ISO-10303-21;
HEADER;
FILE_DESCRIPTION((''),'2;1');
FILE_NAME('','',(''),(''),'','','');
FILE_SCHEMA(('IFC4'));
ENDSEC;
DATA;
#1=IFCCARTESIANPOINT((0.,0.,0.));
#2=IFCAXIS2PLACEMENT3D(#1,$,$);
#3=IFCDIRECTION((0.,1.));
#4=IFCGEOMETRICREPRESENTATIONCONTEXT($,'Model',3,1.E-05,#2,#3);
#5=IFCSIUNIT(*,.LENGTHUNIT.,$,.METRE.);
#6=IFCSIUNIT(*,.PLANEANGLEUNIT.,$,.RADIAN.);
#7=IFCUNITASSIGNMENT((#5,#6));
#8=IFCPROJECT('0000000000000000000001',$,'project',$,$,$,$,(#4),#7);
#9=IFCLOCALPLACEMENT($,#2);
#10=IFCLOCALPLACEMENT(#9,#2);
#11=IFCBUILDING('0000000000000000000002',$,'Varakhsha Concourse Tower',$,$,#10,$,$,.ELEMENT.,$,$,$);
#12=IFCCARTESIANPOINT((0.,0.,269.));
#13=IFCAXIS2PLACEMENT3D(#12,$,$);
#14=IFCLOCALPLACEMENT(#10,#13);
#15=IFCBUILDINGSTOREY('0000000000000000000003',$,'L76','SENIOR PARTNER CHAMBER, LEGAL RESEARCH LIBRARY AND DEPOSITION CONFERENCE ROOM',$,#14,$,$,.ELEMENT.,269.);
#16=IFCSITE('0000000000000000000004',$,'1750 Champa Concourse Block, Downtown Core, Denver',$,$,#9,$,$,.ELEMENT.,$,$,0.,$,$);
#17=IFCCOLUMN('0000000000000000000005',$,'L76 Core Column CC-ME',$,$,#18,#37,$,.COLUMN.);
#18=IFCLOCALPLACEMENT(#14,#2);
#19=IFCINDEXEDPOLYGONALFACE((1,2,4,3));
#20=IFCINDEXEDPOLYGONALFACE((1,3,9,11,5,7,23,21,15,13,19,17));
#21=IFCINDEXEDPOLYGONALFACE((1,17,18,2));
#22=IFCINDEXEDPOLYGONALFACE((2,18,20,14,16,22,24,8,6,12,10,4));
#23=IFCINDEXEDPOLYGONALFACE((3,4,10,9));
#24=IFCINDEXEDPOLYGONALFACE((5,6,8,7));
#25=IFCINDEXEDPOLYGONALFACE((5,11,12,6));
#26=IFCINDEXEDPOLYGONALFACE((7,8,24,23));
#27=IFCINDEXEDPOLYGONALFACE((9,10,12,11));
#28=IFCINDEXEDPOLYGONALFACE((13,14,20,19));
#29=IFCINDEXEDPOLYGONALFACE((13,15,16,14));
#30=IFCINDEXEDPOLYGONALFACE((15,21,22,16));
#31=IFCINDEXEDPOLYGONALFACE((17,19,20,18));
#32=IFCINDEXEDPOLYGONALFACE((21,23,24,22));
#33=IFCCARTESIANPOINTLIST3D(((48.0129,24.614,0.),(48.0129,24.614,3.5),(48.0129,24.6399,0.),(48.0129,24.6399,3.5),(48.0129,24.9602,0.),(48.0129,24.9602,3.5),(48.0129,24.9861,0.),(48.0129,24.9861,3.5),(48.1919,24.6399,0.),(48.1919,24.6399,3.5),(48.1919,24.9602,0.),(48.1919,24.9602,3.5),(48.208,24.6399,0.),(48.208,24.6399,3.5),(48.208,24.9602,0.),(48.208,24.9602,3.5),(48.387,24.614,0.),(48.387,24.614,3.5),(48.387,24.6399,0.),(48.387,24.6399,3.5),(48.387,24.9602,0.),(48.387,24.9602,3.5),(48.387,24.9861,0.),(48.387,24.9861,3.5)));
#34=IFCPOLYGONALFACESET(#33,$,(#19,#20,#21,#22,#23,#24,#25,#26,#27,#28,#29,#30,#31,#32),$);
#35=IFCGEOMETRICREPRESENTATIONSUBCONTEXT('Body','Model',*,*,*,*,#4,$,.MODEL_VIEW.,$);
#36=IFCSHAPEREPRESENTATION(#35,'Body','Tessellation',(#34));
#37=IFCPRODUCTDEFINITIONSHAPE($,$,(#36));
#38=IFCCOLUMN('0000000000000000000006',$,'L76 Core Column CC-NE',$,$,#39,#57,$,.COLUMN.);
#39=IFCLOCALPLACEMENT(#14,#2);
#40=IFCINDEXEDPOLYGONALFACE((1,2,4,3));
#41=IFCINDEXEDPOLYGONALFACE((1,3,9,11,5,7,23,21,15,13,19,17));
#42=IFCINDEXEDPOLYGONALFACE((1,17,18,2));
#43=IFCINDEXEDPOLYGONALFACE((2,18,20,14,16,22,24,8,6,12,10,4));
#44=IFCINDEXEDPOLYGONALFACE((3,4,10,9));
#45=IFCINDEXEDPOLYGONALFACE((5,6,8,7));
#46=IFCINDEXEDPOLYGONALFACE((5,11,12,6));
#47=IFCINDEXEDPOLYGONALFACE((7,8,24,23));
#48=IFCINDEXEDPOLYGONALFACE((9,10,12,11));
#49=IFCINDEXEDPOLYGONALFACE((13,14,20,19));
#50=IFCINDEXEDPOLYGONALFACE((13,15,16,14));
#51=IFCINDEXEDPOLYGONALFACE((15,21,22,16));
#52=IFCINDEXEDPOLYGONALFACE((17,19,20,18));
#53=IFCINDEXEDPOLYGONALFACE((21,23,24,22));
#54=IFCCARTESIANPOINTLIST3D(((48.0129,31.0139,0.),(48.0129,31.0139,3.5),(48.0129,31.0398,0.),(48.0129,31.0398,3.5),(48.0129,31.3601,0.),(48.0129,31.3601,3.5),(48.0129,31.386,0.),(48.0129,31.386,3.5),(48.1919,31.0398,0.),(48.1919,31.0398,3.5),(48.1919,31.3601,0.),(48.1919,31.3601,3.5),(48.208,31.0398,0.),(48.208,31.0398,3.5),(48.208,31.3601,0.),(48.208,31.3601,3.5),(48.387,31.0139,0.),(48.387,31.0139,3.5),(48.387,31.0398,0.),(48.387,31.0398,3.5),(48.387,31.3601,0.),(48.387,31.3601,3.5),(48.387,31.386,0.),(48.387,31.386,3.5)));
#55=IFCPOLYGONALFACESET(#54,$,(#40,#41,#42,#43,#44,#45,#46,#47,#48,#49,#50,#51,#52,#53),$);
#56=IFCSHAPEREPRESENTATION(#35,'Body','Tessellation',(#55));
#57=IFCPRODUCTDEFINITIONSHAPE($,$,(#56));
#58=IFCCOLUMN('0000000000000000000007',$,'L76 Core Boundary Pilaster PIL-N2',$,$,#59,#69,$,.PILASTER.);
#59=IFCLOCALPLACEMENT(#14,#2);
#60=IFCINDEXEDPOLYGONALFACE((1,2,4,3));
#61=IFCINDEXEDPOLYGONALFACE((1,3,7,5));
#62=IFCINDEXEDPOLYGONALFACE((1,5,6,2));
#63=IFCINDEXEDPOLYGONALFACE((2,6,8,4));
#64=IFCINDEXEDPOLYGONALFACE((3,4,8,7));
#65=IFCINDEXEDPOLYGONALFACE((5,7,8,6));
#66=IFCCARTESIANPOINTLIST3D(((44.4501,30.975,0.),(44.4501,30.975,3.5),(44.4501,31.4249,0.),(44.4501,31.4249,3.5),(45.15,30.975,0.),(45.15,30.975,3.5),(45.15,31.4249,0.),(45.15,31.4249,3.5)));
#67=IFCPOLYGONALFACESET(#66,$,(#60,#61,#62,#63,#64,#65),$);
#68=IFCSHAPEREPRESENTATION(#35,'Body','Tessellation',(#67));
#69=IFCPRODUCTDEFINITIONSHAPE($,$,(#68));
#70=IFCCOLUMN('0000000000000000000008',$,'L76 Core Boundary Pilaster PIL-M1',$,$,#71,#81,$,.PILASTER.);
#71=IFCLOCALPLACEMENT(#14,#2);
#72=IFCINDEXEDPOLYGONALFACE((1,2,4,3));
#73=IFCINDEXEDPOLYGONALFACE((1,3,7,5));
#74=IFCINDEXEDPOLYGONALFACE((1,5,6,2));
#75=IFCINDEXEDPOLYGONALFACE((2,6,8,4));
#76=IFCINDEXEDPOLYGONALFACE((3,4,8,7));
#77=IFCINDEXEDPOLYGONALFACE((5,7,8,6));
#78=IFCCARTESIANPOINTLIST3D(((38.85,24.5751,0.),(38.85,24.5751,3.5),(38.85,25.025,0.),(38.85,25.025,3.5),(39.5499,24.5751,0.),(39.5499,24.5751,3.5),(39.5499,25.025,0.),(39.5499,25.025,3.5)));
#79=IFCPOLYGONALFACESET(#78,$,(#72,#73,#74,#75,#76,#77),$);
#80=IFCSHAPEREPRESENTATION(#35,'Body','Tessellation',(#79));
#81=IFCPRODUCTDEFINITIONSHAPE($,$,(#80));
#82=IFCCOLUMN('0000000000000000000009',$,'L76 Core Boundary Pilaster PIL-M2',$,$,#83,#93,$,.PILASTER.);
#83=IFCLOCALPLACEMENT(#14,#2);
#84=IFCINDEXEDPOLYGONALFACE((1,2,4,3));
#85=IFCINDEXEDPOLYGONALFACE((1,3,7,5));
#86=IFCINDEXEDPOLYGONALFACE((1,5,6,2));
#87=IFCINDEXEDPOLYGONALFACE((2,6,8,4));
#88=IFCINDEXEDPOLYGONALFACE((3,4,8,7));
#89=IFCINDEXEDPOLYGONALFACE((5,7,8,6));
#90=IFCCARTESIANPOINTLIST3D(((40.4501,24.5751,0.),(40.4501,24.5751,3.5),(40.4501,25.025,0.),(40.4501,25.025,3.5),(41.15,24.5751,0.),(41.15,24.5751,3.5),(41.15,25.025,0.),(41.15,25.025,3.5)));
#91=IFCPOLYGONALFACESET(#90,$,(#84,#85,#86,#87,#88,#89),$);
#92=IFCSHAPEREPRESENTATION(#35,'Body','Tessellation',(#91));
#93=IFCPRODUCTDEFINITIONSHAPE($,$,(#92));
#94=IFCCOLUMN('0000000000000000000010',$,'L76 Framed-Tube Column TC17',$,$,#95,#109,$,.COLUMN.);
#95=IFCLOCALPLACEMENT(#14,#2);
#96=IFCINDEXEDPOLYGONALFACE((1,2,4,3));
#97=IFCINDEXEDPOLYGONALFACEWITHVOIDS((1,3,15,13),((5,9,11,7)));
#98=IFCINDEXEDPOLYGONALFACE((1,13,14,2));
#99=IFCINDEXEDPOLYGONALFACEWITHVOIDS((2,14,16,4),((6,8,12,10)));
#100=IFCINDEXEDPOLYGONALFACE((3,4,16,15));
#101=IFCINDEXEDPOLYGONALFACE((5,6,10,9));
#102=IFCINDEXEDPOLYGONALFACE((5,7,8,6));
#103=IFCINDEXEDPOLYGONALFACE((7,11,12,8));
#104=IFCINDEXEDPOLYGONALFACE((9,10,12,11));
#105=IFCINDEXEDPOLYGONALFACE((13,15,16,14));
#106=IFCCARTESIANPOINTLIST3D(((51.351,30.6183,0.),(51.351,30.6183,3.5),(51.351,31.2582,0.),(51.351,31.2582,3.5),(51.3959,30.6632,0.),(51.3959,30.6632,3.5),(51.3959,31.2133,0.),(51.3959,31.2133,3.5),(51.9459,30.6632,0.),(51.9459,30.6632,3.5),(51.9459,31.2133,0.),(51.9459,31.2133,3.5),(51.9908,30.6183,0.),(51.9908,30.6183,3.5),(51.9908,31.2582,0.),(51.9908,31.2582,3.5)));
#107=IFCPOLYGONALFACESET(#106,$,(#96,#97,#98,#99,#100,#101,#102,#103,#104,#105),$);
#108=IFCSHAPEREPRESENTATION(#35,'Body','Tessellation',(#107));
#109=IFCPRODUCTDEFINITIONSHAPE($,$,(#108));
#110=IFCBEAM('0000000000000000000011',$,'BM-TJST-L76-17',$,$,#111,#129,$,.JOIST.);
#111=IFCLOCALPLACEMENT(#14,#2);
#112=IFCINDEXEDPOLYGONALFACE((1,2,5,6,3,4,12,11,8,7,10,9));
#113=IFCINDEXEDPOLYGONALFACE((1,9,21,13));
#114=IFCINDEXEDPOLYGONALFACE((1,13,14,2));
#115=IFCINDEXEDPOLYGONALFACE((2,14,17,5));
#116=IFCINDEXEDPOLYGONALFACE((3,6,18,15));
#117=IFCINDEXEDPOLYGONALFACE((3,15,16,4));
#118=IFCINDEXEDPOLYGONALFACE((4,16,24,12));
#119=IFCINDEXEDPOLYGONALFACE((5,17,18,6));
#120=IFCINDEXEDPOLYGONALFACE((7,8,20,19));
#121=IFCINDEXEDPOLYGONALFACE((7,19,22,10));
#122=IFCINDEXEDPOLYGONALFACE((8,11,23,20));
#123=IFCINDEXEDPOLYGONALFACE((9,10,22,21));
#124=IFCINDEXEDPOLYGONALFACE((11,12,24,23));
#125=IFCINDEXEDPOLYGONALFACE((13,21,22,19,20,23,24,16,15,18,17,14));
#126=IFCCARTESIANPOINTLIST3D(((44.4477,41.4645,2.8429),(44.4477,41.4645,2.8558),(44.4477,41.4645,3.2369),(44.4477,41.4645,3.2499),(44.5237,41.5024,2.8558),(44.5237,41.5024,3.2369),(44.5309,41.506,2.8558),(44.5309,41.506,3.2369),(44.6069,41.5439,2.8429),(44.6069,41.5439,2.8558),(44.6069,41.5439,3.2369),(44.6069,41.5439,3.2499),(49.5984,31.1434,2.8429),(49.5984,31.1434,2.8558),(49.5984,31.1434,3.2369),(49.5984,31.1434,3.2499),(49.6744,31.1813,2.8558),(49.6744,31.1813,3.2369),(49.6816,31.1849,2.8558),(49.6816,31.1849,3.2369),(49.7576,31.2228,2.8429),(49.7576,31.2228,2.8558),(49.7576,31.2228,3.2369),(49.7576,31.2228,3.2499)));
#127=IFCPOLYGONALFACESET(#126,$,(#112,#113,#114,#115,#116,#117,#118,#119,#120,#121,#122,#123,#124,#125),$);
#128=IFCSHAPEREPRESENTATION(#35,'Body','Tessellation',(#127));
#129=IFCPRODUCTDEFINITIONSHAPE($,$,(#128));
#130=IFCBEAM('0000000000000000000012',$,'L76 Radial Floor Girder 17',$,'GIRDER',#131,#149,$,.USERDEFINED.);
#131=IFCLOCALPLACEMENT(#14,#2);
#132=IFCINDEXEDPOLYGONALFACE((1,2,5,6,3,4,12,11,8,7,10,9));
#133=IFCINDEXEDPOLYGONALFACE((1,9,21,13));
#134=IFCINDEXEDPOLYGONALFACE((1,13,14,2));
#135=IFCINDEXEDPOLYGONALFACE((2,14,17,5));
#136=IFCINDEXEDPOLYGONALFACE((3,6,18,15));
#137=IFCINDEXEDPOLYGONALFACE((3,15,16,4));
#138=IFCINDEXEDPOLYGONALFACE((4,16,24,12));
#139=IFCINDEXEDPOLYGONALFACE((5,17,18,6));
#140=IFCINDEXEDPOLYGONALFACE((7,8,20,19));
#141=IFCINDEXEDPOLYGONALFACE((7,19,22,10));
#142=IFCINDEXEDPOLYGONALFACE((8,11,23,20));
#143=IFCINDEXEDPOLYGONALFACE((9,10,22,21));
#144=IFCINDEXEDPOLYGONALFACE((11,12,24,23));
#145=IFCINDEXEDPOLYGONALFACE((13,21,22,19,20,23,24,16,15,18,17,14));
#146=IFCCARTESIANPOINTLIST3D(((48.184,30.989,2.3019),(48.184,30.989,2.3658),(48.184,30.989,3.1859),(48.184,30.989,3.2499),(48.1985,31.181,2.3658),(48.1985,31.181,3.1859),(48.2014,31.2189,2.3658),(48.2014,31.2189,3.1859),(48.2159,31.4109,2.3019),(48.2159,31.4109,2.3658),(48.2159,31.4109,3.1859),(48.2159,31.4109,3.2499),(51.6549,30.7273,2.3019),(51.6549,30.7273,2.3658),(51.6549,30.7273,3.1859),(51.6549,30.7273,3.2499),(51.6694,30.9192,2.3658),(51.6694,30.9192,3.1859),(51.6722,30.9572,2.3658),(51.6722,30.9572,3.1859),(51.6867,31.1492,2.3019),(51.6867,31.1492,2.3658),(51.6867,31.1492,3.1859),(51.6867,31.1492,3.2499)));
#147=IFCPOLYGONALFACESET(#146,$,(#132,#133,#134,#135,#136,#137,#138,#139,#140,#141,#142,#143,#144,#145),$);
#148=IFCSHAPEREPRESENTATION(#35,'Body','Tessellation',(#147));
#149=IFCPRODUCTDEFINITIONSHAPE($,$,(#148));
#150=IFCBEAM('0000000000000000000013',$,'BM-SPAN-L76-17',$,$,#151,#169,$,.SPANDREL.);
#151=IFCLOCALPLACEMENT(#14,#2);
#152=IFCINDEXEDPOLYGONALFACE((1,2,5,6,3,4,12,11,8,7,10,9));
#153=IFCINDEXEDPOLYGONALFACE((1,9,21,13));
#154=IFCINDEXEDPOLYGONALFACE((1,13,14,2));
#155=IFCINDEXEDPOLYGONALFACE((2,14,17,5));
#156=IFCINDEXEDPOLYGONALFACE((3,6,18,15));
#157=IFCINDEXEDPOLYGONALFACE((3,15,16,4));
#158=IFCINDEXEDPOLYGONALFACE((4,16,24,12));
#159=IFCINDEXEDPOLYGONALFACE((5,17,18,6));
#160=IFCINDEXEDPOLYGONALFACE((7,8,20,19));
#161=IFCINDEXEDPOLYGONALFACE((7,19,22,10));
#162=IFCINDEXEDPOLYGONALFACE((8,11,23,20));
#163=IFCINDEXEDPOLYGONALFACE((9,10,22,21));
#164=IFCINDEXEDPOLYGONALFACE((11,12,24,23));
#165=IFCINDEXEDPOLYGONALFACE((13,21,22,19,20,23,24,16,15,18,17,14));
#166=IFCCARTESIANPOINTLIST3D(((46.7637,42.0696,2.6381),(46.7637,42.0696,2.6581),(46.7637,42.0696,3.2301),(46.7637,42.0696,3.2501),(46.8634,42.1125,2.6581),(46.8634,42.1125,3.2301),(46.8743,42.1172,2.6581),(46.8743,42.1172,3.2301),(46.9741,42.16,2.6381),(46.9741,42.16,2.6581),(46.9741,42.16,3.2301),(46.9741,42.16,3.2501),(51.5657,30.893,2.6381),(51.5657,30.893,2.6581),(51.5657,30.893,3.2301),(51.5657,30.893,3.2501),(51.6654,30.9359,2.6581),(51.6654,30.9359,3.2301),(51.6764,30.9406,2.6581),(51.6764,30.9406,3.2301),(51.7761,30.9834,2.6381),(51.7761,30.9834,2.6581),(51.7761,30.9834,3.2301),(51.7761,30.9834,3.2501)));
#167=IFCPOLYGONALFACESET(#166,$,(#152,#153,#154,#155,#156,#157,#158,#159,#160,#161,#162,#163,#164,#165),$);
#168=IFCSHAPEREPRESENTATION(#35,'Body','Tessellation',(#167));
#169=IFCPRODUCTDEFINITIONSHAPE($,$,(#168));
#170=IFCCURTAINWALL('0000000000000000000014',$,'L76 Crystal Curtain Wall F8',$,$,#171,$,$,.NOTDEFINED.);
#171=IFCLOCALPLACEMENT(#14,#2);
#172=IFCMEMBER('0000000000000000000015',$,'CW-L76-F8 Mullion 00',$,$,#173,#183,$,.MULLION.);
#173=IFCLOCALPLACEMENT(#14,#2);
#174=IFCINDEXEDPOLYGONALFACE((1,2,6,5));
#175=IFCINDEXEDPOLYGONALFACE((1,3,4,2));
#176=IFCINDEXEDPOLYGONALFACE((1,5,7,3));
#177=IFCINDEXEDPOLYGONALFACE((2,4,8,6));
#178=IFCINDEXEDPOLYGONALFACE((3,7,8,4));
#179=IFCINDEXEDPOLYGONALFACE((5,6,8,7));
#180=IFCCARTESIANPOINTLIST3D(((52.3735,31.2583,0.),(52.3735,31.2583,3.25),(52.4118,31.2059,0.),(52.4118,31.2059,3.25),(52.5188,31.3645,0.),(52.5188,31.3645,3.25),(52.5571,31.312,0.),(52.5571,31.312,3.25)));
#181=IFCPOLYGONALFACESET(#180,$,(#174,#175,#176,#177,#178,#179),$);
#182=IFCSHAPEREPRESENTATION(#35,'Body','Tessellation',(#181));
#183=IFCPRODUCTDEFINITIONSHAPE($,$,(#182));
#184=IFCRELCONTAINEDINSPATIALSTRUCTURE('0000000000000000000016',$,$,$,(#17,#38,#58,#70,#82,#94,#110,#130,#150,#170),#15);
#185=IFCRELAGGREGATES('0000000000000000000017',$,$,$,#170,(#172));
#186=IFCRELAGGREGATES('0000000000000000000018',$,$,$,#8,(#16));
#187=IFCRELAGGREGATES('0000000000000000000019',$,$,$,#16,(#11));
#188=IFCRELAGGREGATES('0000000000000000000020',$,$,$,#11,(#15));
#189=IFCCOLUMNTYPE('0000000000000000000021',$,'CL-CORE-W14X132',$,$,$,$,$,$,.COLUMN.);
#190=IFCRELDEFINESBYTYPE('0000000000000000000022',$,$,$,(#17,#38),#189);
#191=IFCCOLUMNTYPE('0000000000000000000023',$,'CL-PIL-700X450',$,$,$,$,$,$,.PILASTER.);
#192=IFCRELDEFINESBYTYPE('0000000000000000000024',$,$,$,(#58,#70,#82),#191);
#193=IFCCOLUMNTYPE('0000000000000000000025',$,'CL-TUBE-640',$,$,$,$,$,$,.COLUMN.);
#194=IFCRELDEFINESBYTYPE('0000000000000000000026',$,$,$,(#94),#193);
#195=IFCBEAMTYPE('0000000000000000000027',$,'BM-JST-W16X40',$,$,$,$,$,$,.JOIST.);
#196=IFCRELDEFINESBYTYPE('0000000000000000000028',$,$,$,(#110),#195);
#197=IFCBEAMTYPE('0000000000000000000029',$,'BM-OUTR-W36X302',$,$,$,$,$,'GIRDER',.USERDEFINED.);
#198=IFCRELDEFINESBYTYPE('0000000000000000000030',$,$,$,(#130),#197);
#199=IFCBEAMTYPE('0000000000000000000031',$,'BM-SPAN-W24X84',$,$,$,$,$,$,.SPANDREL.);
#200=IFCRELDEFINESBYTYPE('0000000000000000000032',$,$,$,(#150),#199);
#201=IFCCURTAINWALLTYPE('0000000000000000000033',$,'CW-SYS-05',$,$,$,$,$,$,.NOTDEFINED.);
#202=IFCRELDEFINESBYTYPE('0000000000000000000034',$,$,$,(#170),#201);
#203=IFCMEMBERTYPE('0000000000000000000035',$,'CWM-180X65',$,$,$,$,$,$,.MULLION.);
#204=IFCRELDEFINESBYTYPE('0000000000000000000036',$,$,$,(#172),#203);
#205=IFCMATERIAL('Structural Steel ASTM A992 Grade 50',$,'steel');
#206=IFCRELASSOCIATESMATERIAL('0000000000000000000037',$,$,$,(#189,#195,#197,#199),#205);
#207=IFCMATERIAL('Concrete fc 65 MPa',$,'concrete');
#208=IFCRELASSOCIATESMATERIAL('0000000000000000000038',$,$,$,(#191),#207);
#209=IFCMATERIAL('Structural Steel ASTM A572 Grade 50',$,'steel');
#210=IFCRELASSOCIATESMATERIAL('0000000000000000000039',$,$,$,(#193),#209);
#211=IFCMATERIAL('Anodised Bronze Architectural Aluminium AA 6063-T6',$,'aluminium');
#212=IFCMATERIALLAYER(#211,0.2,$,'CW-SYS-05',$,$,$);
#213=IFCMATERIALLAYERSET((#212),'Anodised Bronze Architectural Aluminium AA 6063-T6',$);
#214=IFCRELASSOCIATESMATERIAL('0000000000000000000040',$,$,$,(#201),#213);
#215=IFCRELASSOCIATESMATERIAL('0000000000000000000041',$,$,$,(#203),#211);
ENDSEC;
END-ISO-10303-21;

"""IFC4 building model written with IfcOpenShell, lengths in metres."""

from ifc_helpers import new_model, si_unit, direction, frame, origin, origin_2d, place, context, subcontext, project, spatial, rectangle, hollow_rectangle, i_section, extrude, source, transform, mapped, material, layer, layer_set, material_profile, profile_set, type_object, type_shapes, element, aggregate, save


model = new_model("IFC4")

# Units and contexts
model_context = context("Model", 3, precision=1e-05, world=origin(), true_north=direction((0.0, 1.0)))
body_context = subcontext(model_context, "Body", "Model", "MODEL_VIEW")
ifc_project = project(units=[si_unit("LENGTHUNIT", "METRE"), si_unit("PLANEANGLEUNIT", "RADIAN")], contexts=[model_context])

# Site, building, storey
site_placement = place(None, origin())
site = spatial("IfcSite", under=ifc_project, at=site_placement, Name="1750 Champa Concourse Block, Downtown Core, Denver", CompositionType="ELEMENT", RefElevation=0.0)
building_placement = place(site_placement, origin())
building = spatial("IfcBuilding", under=site, at=building_placement, Name="Varakhsha Concourse Tower", CompositionType="ELEMENT")
storey_placement = place(building_placement, frame((0.0, 0.0, 269.0)))
storey = spatial("IfcBuildingStorey", under=building, at=storey_placement, Name="L76", Description="SENIOR PARTNER CHAMBER, LEGAL RESEARCH LIBRARY AND DEPOSITION CONFERENCE ROOM", CompositionType="ELEMENT", Elevation=269.0)

# Columns
ifc_material_1 = material(Name="Structural Steel ASTM A992 Grade 50", Category="steel")
ifc_material_profile_1 = material_profile(ifc_material_1, i_section(OverallWidth=0.374, OverallDepth=0.3721, WebThickness=0.0161, FlangeThickness=0.0259, at=origin_2d()), Name="W14X132")
ifc_profile_set_1 = profile_set([ifc_material_profile_1], Name="Structural Steel ASTM A992 Grade 50")
column_type_1 = type_object("IfcColumnType", Name="CL-CORE-W14X132", PredefinedType="COLUMN", material=ifc_profile_set_1)
for number, where, z_axis, x_axis, name in (
    (1, (48.2, 24.8, 0.0), (0.0, 0.0, 1.0), (1.0, 0.0, 0.0), "L76 Core Column CC-ME"),
    (2, (48.2, 31.2, 0.0), (0.0, 0.0, 1.0), (1.0, 0.0, 0.0), "L76 Core Column CC-NE"),
):
    element("IfcColumn", number, at=place(storey_placement, frame(where, z_axis=z_axis, x_axis=x_axis)), inside=storey, type_object=column_type_1, Name=name, PredefinedType="COLUMN", context=body_context, shape_type="SweptSolid", body=[
        extrude(i_section(OverallWidth=0.374, OverallDepth=0.3721, WebThickness=0.0161, FlangeThickness=0.0259, at=origin_2d()), origin(), (0.0, 0.0, 1.0), 3.5),
    ])
ifc_material_2 = material(Name="Concrete fc 65 MPa", Category="concrete")
ifc_material_profile_2 = material_profile(ifc_material_2, rectangle(XDim=0.7, YDim=0.45, at=origin_2d()), Name="RC 700x450")
ifc_profile_set_2 = profile_set([ifc_material_profile_2], Name="Concrete fc 65 MPa")
column_type_2 = type_object("IfcColumnType", Name="CL-PIL-700X450", PredefinedType="PILASTER", material=ifc_profile_set_2)
for number, where, z_axis, x_axis, name in (
    (3, (44.8, 31.2, 0.0), (0.0, 0.0, 1.0), (1.0, 0.0, 0.0), "L76 Core Boundary Pilaster PIL-N2"),
    (4, (39.2, 24.8, 0.0), (0.0, 0.0, 1.0), (1.0, 0.0, 0.0), "L76 Core Boundary Pilaster PIL-M1"),
    (5, (40.8, 24.8, 0.0), (0.0, 0.0, 1.0), (1.0, 0.0, 0.0), "L76 Core Boundary Pilaster PIL-M2"),
):
    element("IfcColumn", number, at=place(storey_placement, frame(where, z_axis=z_axis, x_axis=x_axis)), inside=storey, type_object=column_type_2, Name=name, PredefinedType="PILASTER", context=body_context, shape_type="SweptSolid", body=[
        extrude(rectangle(XDim=0.7, YDim=0.45, at=origin_2d()), origin(), (0.0, 0.0, 1.0), 3.5),
    ])
ifc_material_3 = material(Name="Structural Steel ASTM A572 Grade 50", Category="steel")
ifc_material_profile_3 = material_profile(ifc_material_3, hollow_rectangle(XDim=0.6399, YDim=0.6399, WallThickness=0.0449, at=origin_2d()), Name="BOX 640x640x45")
ifc_profile_set_3 = profile_set([ifc_material_profile_3], Name="Structural Steel ASTM A572 Grade 50")
column_type_3 = type_object("IfcColumnType", Name="CL-TUBE-640", PredefinedType="COLUMN", material=ifc_profile_set_3)
column_placement = place(storey_placement, frame((51.6709, 30.9382, 0.0), z_axis=(0.0, 0.0, 1.0), x_axis=(1.0, 0.0, 0.0)))
element("IfcColumn", 6, at=column_placement, inside=storey, type_object=column_type_3, Name="L76 Framed-Tube Column TC17", PredefinedType="COLUMN", context=body_context, shape_type="SweptSolid", body=[
    extrude(hollow_rectangle(XDim=0.6399, YDim=0.6399, WallThickness=0.0449, at=origin_2d()), origin(), (0.0, 0.0, 1.0), 3.5),
])

# Beams
ifc_material_profile_4 = material_profile(ifc_material_1, i_section(OverallWidth=0.178, OverallDepth=0.407, WebThickness=0.0081, FlangeThickness=0.0129, at=origin_2d()), Name="W16X40")
ifc_profile_set_4 = profile_set([ifc_material_profile_4], Name="Structural Steel ASTM A992 Grade 50")
beam_type_1 = type_object("IfcBeamType", Name="BM-JST-W16X40", PredefinedType="JOIST", material=ifc_profile_set_4)
beam_1_placement = place(storey_placement, frame((49.678, 31.1831, 3.0464), z_axis=(-0.446528, 0.89477, 0.0), x_axis=(-0.89477, -0.446528, 0.0)))
element("IfcBeam", 7, at=beam_1_placement, inside=storey, type_object=beam_type_1, Name="BM-TJST-L76-17", PredefinedType="JOIST", context=body_context, shape_type="SweptSolid", body=[
    extrude(i_section(OverallWidth=0.178, OverallDepth=0.407, WebThickness=0.0081, FlangeThickness=0.0129, at=origin_2d()), origin(), (0.0, 0.0, 1.0), 11.5349),
])
ifc_material_profile_5 = material_profile(ifc_material_1, i_section(OverallWidth=0.4231, OverallDepth=0.948, WebThickness=0.0381, FlangeThickness=0.064, at=origin_2d()), Name="W36X302")
ifc_profile_set_5 = profile_set([ifc_material_profile_5], Name="Structural Steel ASTM A992 Grade 50")
beam_type_2 = type_object("IfcBeamType", Name="BM-OUTR-W36X302", ElementType="GIRDER", PredefinedType="USERDEFINED", material=ifc_profile_set_5)
beam_2_placement = place(storey_placement, frame((48.2, 31.2, 2.7759), z_axis=(0.997169, -0.075189, 0.0), x_axis=(0.075189, 0.997169, 0.0)))
element("IfcBeam", 8, at=beam_2_placement, inside=storey, type_object=beam_type_2, Name="L76 Radial Floor Girder 17", ObjectType="GIRDER", PredefinedType="USERDEFINED", context=body_context, shape_type="SweptSolid", body=[
    extrude(i_section(OverallWidth=0.4231, OverallDepth=0.948, WebThickness=0.0381, FlangeThickness=0.064, at=origin_2d()), origin(), (0.0, 0.0, 1.0), 3.4807),
])
ifc_material_profile_6 = material_profile(ifc_material_1, i_section(OverallWidth=0.229, OverallDepth=0.6121, WebThickness=0.012, FlangeThickness=0.02, at=origin_2d()), Name="W24X84")
ifc_profile_set_6 = profile_set([ifc_material_profile_6], Name="Structural Steel ASTM A992 Grade 50")
beam_type_3 = type_object("IfcBeamType", Name="BM-SPAN-W24X84", PredefinedType="SPANDREL", material=ifc_profile_set_6)
beam_3_placement = place(storey_placement, frame((51.6709, 30.9382, 2.9441), z_axis=(-0.394757, 0.918785, 0.0), x_axis=(-0.918785, -0.394757, 0.0)))
element("IfcBeam", 9, at=beam_3_placement, inside=storey, type_object=beam_type_3, Name="BM-SPAN-L76-17", PredefinedType="SPANDREL", context=body_context, shape_type="SweptSolid", body=[
    extrude(i_section(OverallWidth=0.229, OverallDepth=0.6121, WebThickness=0.012, FlangeThickness=0.02, at=origin_2d()), origin(), (0.0, 0.0, 1.0), 12.1646),
])

# Curtain wall, member
ifc_material_4 = material(Name="Anodised Bronze Architectural Aluminium AA 6063-T6", Category="aluminium")
ifc_layer_1 = layer(ifc_material_4, 0.2, Name="CW-SYS-05")
ifc_layer_set_1 = layer_set([ifc_layer_1], Name="Anodised Bronze Architectural Aluminium AA 6063-T6")
curtain_wall_type = type_object("IfcCurtainWallType", Name="CW-SYS-05", PredefinedType="NOTDEFINED", material=ifc_layer_set_1)
curtain_wall_1_placement = place(storey_placement, origin())
curtain_wall_1 = element("IfcCurtainWall", 10, at=curtain_wall_1_placement, inside=storey, type_object=curtain_wall_type, Name="L76 Crystal Curtain Wall F8", PredefinedType="NOTDEFINED")
ifc_material_profile_7 = material_profile(ifc_material_4, rectangle(XDim=0.0649, YDim=0.1799, at=origin_2d()), Name="CWM-180X65")
ifc_profile_set_7 = profile_set([ifc_material_profile_7], Name="Anodised Bronze Architectural Aluminium AA 6063-T6")
member_type_1 = type_object("IfcMemberType", Name="CWM-180X65", PredefinedType="MULLION", material=ifc_profile_set_7)
shared_shape_1 = source(origin(), body_context, "Body", "SweptSolid", [
    extrude(rectangle(XDim=0.0649, YDim=0.1799, at=origin_2d()), origin(), (0.0, 0.0, 1.0), 3.25),
])
type_shapes(member_type_1, [shared_shape_1])
member_1_placement = place(storey_placement, frame((52.4653, 31.2852, 0.0), z_axis=(0.0, 0.0, 1.0), x_axis=(0.58996, -0.807432, 0.0)))
member_1 = element("IfcMember", 11, at=member_1_placement, type_object=member_type_1, Name="CW-L76-F8 Mullion 00", PredefinedType="MULLION", context=body_context, shape_type="MappedRepresentation", body=[
    mapped(shared_shape_1, transform((0.0, 0.0, 0.0), scale=1.0)),
])

aggregate(curtain_wall_1, [member_1])

save(model, "model.ifc")
